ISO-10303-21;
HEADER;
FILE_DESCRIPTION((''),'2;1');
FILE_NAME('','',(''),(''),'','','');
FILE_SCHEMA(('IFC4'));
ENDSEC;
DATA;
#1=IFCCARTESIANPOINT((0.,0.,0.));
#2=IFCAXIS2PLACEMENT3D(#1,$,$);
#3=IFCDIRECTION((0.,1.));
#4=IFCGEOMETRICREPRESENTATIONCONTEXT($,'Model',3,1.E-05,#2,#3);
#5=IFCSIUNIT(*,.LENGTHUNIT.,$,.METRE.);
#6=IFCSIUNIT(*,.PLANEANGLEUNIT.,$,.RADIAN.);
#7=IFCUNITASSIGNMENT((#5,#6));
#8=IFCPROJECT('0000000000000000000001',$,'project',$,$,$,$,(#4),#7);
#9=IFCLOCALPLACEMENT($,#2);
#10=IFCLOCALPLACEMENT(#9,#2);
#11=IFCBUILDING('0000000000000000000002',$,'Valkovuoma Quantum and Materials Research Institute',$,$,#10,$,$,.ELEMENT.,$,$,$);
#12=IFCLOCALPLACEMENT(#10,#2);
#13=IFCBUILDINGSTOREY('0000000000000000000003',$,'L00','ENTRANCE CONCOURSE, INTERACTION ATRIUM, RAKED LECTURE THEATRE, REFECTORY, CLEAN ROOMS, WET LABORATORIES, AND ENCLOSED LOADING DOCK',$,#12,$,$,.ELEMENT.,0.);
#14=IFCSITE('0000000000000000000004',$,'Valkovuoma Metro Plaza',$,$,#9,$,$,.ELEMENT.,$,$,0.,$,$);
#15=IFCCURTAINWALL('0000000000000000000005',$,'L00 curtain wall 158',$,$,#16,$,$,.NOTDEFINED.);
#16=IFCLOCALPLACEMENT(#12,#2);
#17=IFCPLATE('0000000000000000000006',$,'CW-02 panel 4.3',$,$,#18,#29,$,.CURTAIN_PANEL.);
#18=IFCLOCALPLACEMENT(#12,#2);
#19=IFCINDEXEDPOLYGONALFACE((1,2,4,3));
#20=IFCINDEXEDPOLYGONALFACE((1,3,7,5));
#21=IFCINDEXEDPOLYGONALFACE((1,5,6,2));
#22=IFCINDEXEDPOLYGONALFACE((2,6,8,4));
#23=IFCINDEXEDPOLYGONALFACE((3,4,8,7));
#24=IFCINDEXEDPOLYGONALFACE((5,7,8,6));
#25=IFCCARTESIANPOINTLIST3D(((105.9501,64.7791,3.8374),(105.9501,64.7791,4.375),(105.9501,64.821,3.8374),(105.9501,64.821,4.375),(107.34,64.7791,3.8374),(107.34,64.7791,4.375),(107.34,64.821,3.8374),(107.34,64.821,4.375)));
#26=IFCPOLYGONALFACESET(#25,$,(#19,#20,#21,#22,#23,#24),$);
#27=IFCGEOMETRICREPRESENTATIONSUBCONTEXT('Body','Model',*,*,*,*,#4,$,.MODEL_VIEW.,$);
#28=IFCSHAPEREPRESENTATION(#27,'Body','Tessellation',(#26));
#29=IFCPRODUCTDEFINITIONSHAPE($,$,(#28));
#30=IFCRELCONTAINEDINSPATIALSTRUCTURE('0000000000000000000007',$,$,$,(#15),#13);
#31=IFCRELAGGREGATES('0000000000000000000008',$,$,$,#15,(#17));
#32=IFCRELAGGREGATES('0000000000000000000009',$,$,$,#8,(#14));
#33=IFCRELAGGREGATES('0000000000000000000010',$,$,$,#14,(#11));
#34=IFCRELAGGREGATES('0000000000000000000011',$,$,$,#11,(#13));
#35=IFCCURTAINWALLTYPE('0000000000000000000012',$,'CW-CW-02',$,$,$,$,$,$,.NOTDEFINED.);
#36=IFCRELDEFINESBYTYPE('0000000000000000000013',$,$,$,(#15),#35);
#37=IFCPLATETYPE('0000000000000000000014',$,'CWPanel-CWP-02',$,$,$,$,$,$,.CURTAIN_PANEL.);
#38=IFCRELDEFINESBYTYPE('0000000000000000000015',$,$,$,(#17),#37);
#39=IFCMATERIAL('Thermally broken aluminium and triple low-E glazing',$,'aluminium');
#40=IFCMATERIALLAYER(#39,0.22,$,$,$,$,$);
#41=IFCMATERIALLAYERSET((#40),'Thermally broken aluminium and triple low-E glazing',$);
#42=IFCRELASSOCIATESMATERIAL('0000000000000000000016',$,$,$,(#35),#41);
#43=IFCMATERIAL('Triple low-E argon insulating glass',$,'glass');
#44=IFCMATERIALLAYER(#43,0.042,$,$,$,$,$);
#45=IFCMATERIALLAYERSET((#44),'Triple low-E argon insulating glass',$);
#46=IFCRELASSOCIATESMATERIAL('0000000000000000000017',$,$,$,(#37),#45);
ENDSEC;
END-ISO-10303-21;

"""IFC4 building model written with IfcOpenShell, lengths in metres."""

from ifc_helpers import new_model, si_unit, direction, frame, origin, origin_2d, place, context, subcontext, project, spatial, rectangle, extrude, material, layer, layer_set, type_object, element, aggregate, save


model = new_model("IFC4")

# Units and contexts
model_context = context("Model", 3, precision=1e-05, world=origin(), true_north=direction((0.0, 1.0)))
body_context = subcontext(model_context, "Body", "Model", "MODEL_VIEW")
ifc_project = project(units=[si_unit("LENGTHUNIT", "METRE"), si_unit("PLANEANGLEUNIT", "RADIAN")], contexts=[model_context])

# Site, building, storey
site_placement = place(None, origin())
site = spatial("IfcSite", under=ifc_project, at=site_placement, Name="Valkovuoma Metro Plaza", CompositionType="ELEMENT", RefElevation=0.0)
building_placement = place(site_placement, origin())
building = spatial("IfcBuilding", under=site, at=building_placement, Name="Valkovuoma Quantum and Materials Research Institute", CompositionType="ELEMENT")
storey_placement = place(building_placement, origin())
storey = spatial("IfcBuildingStorey", under=building, at=storey_placement, Name="L00", Description="ENTRANCE CONCOURSE, INTERACTION ATRIUM, RAKED LECTURE THEATRE, REFECTORY, CLEAN ROOMS, WET LABORATORIES, AND ENCLOSED LOADING DOCK", CompositionType="ELEMENT", Elevation=0.0)

# Curtain wall, plate
ifc_material_1 = material(Name="Thermally broken aluminium and triple low-E glazing", Category="aluminium")
ifc_layer_1 = layer(ifc_material_1, 0.22)
ifc_layer_set_1 = layer_set([ifc_layer_1], Name="Thermally broken aluminium and triple low-E glazing")
curtain_wall_type = type_object("IfcCurtainWallType", Name="CW-CW-02", PredefinedType="NOTDEFINED", material=ifc_layer_set_1)
curtain_wall_placement = place(storey_placement, origin())
curtain_wall = element("IfcCurtainWall", 1, at=curtain_wall_placement, inside=storey, type_object=curtain_wall_type, Name="L00 curtain wall 158", PredefinedType="NOTDEFINED")
ifc_material_2 = material(Name="Triple low-E argon insulating glass", Category="glass")
ifc_layer_2 = layer(ifc_material_2, 0.042)
ifc_layer_set_2 = layer_set([ifc_layer_2], Name="Triple low-E argon insulating glass")
plate_type = type_object("IfcPlateType", Name="CWPanel-CWP-02", PredefinedType="CURTAIN_PANEL", material=ifc_layer_set_2)
plate_1_placement = place(storey_placement, frame((106.645, 64.8, 3.8374), z_axis=(0.0, 0.0, 1.0), x_axis=(1.0, 0.0, 0.0)))
plate_1 = element("IfcPlate", 2, at=plate_1_placement, type_object=plate_type, Name="CW-02 panel 4.3", PredefinedType="CURTAIN_PANEL", context=body_context, shape_type="SweptSolid", body=[
    extrude(rectangle(XDim=1.3899, YDim=0.042, at=origin_2d()), origin(), (0.0, 0.0, 1.0), 0.5376),
])
aggregate(curtain_wall, [plate_1])

save(model, "model.ifc")
